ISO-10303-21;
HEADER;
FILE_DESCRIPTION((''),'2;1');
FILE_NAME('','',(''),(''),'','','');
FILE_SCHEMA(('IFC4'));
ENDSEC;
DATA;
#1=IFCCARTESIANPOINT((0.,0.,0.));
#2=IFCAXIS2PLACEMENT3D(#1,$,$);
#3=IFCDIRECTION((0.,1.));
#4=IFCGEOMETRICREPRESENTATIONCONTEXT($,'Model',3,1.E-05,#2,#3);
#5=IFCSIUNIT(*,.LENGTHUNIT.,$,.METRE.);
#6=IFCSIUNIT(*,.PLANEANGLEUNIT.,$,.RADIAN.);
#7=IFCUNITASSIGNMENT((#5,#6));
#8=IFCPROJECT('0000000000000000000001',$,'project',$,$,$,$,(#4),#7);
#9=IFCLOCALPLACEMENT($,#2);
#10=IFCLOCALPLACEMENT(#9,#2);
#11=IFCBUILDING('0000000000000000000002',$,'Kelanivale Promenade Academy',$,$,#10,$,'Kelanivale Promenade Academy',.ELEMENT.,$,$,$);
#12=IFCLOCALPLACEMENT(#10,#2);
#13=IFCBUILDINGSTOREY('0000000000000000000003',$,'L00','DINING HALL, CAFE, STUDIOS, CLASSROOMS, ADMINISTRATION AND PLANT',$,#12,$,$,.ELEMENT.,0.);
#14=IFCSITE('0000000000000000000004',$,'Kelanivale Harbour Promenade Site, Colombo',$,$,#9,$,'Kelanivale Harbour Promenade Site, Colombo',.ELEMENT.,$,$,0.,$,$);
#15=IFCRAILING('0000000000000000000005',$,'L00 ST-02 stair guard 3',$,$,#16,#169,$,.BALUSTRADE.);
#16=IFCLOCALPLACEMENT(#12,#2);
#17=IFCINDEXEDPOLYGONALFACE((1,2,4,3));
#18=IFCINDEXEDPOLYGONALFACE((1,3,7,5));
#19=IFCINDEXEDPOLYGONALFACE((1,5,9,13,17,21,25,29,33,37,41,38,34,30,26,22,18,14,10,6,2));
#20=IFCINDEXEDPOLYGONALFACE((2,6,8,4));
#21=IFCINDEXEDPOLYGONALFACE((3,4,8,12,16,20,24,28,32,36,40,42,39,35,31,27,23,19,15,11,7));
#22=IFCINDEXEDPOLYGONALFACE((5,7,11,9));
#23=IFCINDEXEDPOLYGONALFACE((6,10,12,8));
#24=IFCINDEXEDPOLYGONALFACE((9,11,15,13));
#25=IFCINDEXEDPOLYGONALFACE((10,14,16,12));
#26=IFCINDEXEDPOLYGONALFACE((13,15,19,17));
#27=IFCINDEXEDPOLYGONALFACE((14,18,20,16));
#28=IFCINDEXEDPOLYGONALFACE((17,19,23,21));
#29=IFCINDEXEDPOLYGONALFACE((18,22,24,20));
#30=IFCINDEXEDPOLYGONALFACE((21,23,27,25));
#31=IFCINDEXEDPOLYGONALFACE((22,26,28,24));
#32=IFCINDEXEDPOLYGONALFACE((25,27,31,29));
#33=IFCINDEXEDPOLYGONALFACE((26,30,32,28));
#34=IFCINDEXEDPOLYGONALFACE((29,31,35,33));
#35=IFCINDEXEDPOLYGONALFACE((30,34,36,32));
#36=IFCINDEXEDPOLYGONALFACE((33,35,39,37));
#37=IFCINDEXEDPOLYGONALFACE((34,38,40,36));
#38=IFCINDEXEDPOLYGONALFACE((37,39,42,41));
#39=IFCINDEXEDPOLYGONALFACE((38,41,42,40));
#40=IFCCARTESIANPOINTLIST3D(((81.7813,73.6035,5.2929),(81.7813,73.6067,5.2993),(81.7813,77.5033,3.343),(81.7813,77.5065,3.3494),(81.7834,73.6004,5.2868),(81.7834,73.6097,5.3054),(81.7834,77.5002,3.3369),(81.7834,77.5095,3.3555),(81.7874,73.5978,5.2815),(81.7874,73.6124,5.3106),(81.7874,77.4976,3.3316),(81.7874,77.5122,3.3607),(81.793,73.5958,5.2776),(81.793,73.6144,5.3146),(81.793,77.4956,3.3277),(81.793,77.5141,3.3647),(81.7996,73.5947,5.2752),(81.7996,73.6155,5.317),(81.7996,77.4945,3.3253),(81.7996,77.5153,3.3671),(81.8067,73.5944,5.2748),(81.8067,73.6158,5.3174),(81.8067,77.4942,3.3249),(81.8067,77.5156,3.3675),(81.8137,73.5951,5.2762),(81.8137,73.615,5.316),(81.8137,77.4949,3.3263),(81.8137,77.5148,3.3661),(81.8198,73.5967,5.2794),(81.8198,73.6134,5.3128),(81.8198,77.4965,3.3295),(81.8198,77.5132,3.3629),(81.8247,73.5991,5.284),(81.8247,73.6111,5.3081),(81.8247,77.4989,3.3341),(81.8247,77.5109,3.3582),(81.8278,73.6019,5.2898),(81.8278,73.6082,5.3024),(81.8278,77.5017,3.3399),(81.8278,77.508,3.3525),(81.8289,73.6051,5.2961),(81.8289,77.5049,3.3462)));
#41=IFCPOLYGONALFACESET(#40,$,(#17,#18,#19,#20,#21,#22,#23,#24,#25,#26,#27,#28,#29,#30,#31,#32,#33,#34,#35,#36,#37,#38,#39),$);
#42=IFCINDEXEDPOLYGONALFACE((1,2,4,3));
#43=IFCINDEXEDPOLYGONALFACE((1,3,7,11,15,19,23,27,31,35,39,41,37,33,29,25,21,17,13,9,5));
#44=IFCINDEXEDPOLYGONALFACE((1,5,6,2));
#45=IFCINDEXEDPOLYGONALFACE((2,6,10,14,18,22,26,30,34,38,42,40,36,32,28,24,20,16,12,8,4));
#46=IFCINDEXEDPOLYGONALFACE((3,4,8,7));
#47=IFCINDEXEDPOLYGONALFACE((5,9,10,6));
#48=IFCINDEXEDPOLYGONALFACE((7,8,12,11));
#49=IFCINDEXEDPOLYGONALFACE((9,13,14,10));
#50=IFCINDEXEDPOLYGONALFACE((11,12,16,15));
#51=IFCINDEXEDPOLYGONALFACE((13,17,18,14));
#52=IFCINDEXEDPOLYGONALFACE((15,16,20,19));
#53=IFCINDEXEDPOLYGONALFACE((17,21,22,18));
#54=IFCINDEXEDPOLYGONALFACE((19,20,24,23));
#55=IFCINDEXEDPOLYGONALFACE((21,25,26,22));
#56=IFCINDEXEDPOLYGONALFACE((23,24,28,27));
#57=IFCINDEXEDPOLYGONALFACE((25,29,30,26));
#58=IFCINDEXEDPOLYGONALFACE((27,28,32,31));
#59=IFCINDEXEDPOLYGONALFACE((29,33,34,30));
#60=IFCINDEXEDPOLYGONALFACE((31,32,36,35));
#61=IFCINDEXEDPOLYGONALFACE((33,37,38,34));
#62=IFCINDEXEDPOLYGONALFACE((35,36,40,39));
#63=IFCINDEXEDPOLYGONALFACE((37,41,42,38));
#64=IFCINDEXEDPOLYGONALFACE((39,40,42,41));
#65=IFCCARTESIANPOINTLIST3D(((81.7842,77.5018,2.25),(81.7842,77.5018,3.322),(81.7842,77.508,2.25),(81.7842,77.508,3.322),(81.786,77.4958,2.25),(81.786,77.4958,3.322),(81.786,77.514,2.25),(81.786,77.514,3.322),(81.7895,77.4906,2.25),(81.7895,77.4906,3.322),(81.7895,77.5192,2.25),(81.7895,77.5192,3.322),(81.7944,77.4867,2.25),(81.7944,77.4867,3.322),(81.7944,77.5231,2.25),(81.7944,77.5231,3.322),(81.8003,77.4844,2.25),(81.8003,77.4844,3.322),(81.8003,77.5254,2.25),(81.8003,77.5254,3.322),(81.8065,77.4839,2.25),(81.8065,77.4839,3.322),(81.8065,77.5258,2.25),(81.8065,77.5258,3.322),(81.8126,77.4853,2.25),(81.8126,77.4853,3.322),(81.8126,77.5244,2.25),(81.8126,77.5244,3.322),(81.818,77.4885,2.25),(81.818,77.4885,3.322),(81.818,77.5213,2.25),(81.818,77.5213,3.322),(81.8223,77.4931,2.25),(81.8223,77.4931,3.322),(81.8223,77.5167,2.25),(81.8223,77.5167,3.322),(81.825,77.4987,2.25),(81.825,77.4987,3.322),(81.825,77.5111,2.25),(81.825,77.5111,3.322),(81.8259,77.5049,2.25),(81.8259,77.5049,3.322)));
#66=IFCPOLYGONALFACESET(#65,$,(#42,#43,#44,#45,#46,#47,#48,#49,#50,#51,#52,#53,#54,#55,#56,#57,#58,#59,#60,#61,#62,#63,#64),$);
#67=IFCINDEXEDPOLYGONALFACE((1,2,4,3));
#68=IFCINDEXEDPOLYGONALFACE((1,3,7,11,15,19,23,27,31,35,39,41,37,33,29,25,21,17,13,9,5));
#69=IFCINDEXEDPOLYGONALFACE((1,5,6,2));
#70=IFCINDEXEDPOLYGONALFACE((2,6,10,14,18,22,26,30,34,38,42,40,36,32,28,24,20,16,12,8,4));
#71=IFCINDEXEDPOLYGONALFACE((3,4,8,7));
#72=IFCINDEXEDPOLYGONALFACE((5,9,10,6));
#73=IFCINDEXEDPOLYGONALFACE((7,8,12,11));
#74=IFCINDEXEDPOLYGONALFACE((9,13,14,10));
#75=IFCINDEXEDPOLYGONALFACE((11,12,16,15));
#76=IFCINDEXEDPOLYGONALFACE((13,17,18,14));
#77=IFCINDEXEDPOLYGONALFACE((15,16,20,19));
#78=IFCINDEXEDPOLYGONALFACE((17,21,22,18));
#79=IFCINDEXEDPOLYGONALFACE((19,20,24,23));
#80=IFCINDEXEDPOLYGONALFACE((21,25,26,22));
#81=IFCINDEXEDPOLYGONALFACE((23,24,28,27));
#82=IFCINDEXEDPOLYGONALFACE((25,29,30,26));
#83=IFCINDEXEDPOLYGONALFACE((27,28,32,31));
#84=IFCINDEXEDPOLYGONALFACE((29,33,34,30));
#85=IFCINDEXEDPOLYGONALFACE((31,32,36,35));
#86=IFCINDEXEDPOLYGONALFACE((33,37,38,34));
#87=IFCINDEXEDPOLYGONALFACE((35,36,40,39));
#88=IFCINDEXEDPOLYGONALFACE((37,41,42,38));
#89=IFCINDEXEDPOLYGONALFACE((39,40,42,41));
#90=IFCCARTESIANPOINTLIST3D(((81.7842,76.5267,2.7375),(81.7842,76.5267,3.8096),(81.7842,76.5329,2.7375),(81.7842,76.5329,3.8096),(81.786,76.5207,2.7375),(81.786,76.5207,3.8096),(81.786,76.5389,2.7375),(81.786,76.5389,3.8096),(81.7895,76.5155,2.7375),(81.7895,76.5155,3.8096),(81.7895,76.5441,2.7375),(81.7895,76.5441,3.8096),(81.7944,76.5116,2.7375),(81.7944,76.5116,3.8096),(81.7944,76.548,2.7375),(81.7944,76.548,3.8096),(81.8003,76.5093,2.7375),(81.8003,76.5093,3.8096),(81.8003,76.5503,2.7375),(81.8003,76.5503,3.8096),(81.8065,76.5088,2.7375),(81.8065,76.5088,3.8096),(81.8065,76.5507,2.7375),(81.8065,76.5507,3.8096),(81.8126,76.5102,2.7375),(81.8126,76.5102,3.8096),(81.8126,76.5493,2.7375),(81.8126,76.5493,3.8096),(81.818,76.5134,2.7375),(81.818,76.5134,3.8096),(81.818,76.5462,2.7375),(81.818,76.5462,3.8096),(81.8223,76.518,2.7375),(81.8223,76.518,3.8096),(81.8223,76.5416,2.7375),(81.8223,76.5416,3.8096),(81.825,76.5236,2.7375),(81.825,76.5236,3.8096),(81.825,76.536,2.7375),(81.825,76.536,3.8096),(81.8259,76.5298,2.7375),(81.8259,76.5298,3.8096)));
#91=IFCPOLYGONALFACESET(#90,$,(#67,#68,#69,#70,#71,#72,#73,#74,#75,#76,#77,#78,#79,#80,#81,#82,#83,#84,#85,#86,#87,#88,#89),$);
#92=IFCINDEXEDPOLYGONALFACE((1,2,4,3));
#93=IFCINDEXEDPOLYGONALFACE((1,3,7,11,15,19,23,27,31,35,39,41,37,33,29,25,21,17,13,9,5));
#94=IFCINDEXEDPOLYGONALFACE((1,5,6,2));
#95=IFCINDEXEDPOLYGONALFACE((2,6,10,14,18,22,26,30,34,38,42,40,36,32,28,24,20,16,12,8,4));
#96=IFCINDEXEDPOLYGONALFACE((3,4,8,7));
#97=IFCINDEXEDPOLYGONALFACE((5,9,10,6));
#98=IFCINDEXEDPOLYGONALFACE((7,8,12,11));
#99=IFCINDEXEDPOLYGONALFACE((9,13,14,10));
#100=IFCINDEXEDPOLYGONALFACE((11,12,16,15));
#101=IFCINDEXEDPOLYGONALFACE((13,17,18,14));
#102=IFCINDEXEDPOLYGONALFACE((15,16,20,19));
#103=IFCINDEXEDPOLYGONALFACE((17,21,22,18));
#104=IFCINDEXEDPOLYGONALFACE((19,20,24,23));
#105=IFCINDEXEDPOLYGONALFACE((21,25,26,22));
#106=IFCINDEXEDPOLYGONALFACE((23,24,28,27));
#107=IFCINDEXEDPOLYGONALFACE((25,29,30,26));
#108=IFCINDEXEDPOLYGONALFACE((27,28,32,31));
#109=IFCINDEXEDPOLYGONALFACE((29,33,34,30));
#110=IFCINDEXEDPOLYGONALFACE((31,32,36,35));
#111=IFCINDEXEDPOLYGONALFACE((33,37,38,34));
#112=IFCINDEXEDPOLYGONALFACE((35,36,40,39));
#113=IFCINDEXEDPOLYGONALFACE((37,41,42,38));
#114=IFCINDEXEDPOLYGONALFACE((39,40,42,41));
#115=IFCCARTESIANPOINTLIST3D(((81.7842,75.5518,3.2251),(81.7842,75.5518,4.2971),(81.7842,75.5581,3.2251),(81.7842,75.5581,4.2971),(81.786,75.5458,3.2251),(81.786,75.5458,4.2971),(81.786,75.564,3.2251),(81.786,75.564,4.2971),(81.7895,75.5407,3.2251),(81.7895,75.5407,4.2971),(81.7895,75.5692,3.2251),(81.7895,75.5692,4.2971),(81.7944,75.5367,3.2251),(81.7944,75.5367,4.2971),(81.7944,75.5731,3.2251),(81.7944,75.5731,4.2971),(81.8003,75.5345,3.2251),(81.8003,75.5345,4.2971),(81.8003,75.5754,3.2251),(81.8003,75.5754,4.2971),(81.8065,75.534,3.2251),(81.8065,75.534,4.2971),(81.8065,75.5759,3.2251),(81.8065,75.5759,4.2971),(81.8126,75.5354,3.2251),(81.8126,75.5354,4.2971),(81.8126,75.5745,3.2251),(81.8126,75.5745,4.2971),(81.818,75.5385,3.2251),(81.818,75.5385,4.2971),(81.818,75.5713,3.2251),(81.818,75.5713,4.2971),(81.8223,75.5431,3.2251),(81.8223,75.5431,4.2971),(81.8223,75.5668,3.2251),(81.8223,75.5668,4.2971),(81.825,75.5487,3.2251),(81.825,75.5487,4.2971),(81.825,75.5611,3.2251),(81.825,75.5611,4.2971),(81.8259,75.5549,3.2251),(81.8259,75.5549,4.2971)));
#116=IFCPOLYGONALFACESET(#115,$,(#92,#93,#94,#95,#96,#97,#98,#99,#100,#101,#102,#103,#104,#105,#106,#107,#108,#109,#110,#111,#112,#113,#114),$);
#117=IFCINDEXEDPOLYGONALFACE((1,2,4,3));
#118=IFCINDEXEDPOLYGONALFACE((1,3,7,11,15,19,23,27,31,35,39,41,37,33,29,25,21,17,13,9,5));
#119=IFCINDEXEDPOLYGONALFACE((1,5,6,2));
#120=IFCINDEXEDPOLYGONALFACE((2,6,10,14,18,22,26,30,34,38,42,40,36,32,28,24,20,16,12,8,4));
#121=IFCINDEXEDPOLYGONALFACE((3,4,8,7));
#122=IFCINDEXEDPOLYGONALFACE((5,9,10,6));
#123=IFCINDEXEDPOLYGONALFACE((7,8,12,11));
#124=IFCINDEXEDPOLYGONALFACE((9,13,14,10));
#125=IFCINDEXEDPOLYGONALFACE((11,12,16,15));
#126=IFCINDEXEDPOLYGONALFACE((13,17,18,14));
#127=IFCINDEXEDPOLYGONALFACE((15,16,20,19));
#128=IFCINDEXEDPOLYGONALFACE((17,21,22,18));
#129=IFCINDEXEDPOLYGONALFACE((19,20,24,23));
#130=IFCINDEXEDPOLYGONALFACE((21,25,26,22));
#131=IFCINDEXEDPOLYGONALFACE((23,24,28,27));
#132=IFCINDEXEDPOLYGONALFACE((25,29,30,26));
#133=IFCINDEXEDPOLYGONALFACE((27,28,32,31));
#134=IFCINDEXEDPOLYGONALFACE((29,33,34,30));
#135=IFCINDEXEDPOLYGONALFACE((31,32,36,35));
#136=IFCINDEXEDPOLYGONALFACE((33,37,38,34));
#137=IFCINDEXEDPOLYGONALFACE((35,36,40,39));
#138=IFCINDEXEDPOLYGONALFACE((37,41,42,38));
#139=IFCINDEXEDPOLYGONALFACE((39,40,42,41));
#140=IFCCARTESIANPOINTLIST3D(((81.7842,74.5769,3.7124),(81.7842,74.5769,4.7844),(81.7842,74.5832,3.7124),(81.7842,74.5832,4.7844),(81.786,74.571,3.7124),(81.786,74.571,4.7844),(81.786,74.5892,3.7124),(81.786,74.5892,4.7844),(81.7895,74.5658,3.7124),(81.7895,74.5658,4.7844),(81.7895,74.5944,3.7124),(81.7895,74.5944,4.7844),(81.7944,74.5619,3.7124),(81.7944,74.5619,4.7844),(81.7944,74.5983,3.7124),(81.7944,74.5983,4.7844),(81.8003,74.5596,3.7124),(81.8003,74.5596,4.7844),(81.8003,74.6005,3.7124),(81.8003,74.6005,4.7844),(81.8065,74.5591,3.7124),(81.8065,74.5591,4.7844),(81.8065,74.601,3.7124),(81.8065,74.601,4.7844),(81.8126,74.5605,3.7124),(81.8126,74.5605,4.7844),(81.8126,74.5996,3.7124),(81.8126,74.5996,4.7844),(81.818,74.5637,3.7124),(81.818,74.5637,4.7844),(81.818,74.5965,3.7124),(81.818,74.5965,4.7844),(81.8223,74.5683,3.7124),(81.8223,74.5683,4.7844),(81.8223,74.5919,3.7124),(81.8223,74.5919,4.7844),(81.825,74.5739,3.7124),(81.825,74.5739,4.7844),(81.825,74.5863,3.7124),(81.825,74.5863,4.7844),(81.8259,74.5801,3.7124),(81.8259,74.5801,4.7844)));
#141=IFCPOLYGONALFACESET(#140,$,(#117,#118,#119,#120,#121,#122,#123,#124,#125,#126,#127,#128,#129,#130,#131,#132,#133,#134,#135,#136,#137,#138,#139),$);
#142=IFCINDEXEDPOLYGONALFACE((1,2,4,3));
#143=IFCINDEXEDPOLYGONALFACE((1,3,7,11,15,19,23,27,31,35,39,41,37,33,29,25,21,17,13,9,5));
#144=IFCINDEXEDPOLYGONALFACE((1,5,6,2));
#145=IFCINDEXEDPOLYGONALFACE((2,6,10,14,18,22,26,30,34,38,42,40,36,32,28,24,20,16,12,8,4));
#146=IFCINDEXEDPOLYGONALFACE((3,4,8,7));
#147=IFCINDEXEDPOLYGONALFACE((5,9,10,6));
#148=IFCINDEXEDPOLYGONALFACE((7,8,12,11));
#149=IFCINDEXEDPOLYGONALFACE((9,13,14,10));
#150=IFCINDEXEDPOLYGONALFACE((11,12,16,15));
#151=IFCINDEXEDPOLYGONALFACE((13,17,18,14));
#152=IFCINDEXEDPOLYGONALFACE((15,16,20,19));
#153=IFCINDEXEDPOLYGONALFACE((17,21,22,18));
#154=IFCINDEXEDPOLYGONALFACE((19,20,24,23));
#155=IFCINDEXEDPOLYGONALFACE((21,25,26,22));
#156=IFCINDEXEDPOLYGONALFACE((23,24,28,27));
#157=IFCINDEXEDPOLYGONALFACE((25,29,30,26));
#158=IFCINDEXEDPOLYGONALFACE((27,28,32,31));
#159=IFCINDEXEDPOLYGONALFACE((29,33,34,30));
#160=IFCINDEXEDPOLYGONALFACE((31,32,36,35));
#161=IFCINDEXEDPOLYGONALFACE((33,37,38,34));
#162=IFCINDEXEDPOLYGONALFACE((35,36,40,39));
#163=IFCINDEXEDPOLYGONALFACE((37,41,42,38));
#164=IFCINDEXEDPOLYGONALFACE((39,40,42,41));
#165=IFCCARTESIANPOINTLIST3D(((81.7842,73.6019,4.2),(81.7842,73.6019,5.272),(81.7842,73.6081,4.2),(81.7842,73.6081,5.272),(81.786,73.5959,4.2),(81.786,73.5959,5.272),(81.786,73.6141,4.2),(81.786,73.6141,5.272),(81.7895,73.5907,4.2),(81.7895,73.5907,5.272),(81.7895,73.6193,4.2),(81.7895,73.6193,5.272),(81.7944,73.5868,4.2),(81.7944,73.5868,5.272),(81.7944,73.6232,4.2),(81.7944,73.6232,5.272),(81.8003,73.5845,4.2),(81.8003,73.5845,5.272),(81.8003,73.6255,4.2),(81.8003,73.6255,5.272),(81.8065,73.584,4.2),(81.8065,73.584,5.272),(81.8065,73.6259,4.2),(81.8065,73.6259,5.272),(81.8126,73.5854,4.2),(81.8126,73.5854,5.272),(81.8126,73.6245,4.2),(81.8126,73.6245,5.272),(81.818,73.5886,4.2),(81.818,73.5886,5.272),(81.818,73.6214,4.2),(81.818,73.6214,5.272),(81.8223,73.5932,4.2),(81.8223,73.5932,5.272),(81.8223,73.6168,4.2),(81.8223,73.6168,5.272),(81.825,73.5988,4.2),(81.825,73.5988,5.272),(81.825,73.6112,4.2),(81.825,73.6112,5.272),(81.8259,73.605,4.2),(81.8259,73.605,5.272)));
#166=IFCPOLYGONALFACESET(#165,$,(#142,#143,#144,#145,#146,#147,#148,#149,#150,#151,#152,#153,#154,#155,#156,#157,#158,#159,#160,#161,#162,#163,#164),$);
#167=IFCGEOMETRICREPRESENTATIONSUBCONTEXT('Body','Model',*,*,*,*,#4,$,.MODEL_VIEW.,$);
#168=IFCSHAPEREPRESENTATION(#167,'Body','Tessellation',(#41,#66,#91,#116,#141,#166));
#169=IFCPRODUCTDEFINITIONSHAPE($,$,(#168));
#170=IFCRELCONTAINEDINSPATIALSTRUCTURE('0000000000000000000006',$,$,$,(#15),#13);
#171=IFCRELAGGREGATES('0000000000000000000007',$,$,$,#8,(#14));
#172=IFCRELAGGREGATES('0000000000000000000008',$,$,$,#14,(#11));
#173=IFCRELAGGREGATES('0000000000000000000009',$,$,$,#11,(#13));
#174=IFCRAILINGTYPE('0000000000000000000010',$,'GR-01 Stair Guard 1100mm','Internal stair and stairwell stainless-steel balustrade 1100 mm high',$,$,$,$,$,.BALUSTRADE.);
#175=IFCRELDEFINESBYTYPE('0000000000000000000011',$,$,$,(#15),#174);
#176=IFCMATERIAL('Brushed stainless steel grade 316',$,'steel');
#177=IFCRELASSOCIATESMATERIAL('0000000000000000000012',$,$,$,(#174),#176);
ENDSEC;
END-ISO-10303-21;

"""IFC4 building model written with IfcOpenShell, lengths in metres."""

from ifc_helpers import new_model, si_unit, direction, frame, origin, origin_2d, place, context, subcontext, project, spatial, circle, extrude, material, type_object, element, save


model = new_model("IFC4")

# Units and contexts
model_context = context("Model", 3, precision=1e-05, world=origin(), true_north=direction((0.0, 1.0)))
body_context = subcontext(model_context, "Body", "Model", "MODEL_VIEW")
ifc_project = project(units=[si_unit("LENGTHUNIT", "METRE"), si_unit("PLANEANGLEUNIT", "RADIAN")], contexts=[model_context])

# Site, building, storey
site_placement = place(None, origin())
site = spatial("IfcSite", under=ifc_project, at=site_placement, Name="Kelanivale Harbour Promenade Site, Colombo", LongName="Kelanivale Harbour Promenade Site, Colombo", CompositionType="ELEMENT", RefElevation=0.0)
building_placement = place(site_placement, origin())
building = spatial("IfcBuilding", under=site, at=building_placement, Name="Kelanivale Promenade Academy", LongName="Kelanivale Promenade Academy", CompositionType="ELEMENT")
storey_placement = place(building_placement, origin())
storey = spatial("IfcBuildingStorey", under=building, at=storey_placement, Name="L00", Description="DINING HALL, CAFE, STUDIOS, CLASSROOMS, ADMINISTRATION AND PLANT", CompositionType="ELEMENT", Elevation=0.0)

# Railing
ifc_material_1 = material(Name="Brushed stainless steel grade 316", Category="steel")
railing_type_1 = type_object("IfcRailingType", Name="GR-01 Stair Guard 1100mm", Description="Internal stair and stairwell stainless-steel balustrade 1100 mm high", PredefinedType="BALUSTRADE", material=ifc_material_1)
railing_1_placement = place(storey_placement, frame((81.8049, 77.5049, 2.25)))
element("IfcRailing", 1, at=railing_1_placement, inside=storey, type_object=railing_type_1, Name="L00 ST-02 stair guard 3", PredefinedType="BALUSTRADE", context=body_context, shape_type="SweptSolid", body=[
    extrude(circle(Radius=0.0239, at=origin_2d()), frame((0.0, 0.0, 1.0962), z_axis=(0.0, -0.894427, 0.447214), x_axis=(1.0, 0.0, 0.0)), (0.0, 0.0, 1.0), 4.3601),
    extrude(circle(Radius=0.021, at=origin_2d()), origin(), (0.0, 0.0, 1.0), 1.072),
    extrude(circle(Radius=0.021, at=origin_2d()), frame((0.0, -0.9751, 0.4875)), (0.0, 0.0, 1.0), 1.072),
    extrude(circle(Radius=0.021, at=origin_2d()), frame((0.0, -1.95, 0.9751)), (0.0, 0.0, 1.0), 1.072),
    extrude(circle(Radius=0.021, at=origin_2d()), frame((0.0, -2.9248, 1.4624)), (0.0, 0.0, 1.0), 1.072),
    extrude(circle(Radius=0.021, at=origin_2d()), frame((0.0, -3.8999, 1.95)), (0.0, 0.0, 1.0), 1.072),
])

save(model, "model.ifc")
